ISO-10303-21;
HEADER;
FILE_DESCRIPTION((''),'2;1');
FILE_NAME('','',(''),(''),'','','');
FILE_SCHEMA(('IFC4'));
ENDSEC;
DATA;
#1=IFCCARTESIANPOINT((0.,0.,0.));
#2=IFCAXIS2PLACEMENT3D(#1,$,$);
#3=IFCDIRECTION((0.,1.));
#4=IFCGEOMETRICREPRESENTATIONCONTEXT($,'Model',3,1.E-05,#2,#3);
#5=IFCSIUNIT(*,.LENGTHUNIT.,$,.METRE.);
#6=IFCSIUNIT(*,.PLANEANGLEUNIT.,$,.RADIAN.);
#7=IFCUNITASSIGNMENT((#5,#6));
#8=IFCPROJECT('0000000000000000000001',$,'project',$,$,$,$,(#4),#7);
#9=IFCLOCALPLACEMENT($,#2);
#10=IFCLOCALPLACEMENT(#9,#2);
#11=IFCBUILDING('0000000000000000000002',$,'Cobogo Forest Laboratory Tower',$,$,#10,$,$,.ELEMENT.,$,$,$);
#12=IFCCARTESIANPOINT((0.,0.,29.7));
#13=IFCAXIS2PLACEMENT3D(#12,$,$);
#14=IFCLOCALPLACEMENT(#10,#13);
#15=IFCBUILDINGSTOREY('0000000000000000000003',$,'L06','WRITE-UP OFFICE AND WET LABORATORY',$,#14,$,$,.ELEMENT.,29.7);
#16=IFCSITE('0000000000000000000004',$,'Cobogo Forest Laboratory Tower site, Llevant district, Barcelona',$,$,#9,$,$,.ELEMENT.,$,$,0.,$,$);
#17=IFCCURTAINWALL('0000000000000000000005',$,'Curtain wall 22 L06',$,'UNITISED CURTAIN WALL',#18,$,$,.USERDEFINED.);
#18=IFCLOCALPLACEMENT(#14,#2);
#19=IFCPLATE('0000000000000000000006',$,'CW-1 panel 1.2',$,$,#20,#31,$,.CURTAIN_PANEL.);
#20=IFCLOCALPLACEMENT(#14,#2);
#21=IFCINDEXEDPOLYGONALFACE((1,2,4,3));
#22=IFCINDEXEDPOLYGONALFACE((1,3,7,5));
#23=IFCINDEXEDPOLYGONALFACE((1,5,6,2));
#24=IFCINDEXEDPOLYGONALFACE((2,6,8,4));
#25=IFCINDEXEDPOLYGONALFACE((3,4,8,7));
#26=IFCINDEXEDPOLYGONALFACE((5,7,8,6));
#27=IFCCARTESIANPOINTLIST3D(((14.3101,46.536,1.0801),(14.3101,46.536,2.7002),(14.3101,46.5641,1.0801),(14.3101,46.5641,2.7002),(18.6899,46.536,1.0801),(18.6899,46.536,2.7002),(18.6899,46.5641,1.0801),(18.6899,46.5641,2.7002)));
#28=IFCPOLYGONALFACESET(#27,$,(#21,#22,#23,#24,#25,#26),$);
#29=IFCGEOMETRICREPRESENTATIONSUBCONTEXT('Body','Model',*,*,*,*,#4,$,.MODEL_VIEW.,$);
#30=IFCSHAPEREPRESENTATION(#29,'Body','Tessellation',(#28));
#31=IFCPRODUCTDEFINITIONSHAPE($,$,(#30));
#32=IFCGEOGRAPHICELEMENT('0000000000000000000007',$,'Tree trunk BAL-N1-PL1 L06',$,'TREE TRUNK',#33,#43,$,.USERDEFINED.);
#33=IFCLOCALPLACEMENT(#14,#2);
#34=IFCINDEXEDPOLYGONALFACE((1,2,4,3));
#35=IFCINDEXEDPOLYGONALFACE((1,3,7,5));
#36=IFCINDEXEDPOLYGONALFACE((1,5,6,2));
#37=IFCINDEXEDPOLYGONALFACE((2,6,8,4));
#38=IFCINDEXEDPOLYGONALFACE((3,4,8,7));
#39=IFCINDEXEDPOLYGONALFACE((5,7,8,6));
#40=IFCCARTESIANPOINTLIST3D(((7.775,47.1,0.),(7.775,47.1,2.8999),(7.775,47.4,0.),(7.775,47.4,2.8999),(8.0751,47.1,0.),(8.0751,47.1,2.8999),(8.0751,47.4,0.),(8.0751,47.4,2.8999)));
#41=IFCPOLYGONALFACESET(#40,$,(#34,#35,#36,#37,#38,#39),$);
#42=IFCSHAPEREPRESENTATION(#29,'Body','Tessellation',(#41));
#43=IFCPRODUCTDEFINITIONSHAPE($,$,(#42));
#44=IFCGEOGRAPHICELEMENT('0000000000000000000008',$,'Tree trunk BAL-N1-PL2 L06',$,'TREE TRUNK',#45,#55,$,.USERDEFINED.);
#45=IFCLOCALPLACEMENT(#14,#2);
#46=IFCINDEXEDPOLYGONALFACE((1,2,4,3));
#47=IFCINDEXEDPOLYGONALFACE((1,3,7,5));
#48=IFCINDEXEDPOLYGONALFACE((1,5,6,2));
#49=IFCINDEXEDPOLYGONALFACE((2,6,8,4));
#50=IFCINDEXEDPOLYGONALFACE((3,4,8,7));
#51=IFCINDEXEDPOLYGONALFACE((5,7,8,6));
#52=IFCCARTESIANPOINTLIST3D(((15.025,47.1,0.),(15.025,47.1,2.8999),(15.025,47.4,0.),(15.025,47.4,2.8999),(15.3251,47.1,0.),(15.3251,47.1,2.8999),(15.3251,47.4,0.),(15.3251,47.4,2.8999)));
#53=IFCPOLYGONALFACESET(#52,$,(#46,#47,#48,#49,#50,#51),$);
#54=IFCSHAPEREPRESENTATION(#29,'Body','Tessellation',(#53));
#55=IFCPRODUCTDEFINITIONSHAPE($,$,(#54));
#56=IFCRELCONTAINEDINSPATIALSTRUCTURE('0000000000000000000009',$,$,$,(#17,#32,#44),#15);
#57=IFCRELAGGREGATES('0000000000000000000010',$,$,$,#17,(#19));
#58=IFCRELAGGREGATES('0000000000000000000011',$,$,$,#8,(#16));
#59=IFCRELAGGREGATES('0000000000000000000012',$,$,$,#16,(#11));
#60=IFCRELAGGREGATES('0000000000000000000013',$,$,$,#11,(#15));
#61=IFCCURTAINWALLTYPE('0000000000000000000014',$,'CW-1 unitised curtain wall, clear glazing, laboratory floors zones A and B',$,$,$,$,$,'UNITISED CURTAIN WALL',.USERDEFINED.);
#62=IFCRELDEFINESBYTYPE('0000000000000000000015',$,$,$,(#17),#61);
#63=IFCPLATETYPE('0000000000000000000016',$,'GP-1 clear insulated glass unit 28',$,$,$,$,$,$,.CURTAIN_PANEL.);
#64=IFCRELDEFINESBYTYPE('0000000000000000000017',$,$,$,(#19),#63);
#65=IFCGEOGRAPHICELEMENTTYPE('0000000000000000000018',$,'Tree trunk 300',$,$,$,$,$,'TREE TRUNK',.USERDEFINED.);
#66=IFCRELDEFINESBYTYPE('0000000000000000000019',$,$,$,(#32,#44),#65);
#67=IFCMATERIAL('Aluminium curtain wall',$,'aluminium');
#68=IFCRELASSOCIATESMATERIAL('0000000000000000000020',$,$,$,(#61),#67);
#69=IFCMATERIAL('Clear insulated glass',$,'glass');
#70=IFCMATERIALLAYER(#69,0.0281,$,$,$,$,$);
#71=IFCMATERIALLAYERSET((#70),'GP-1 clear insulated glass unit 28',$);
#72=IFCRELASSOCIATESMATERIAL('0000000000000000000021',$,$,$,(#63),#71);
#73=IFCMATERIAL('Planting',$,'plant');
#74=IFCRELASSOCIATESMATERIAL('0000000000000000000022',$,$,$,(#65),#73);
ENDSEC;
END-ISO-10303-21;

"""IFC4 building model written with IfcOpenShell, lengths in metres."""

from ifc_helpers import new_model, si_unit, direction, frame, origin, origin_2d, place, context, subcontext, project, spatial, rectangle, extrude, material, layer, layer_set, type_object, element, aggregate, save


model = new_model("IFC4")

# Units and contexts
model_context = context("Model", 3, precision=1e-05, world=origin(), true_north=direction((0.0, 1.0)))
body_context = subcontext(model_context, "Body", "Model", "MODEL_VIEW")
ifc_project = project(units=[si_unit("LENGTHUNIT", "METRE"), si_unit("PLANEANGLEUNIT", "RADIAN")], contexts=[model_context])

# Site, building, storey
site_placement = place(None, origin())
site = spatial("IfcSite", under=ifc_project, at=site_placement, Name="Cobogo Forest Laboratory Tower site, Llevant district, Barcelona", CompositionType="ELEMENT", RefElevation=0.0)
building_placement = place(site_placement, origin())
building = spatial("IfcBuilding", under=site, at=building_placement, Name="Cobogo Forest Laboratory Tower", CompositionType="ELEMENT")
storey_placement = place(building_placement, frame((0.0, 0.0, 29.7)))
storey = spatial("IfcBuildingStorey", under=building, at=storey_placement, Name="L06", Description="WRITE-UP OFFICE AND WET LABORATORY", CompositionType="ELEMENT", Elevation=29.7)

# Curtain wall
ifc_material_1 = material(Name="Aluminium curtain wall", Category="aluminium")
curtain_wall_type = type_object("IfcCurtainWallType", Name="CW-1 unitised curtain wall, clear glazing, laboratory floors zones A and B", ElementType="UNITISED CURTAIN WALL", PredefinedType="USERDEFINED", material=ifc_material_1)
curtain_wall_1_placement = place(storey_placement, origin())
curtain_wall_1 = element("IfcCurtainWall", 1, at=curtain_wall_1_placement, inside=storey, type_object=curtain_wall_type, Name="Curtain wall 22 L06", ObjectType="UNITISED CURTAIN WALL", PredefinedType="USERDEFINED")

# Plate
ifc_material_2 = material(Name="Clear insulated glass", Category="glass")
ifc_layer_1 = layer(ifc_material_2, 0.0281)
ifc_layer_set_1 = layer_set([ifc_layer_1], Name="GP-1 clear insulated glass unit 28")
plate_type = type_object("IfcPlateType", Name="GP-1 clear insulated glass unit 28", PredefinedType="CURTAIN_PANEL", material=ifc_layer_set_1)
plate_1_placement = place(storey_placement, frame((16.5, 46.55, 1.0801), z_axis=(0.0, 0.0, 1.0), x_axis=(-1.0, 0.0, 0.0)))
plate_1 = element("IfcPlate", 2, at=plate_1_placement, type_object=plate_type, Name="CW-1 panel 1.2", PredefinedType="CURTAIN_PANEL", context=body_context, shape_type="SweptSolid", body=[
    extrude(rectangle(XDim=4.3799, YDim=0.0281, at=origin_2d()), origin(), (0.0, 0.0, 1.0), 1.6201),
])
aggregate(curtain_wall_1, [plate_1])

# Geographic elements
ifc_material_3 = material(Name="Planting", Category="plant")
geographic_element_type = type_object("IfcGeographicElementType", Name="Tree trunk 300", ElementType="TREE TRUNK", PredefinedType="USERDEFINED", material=ifc_material_3)
for number, where, z_axis, x_axis, name in (
    (3, (7.925, 47.25, 0.0), (0.0, 0.0, 1.0), (1.0, 0.0, 0.0), "Tree trunk BAL-N1-PL1 L06"),
    (4, (15.175, 47.25, 0.0), (0.0, 0.0, 1.0), (1.0, 0.0, 0.0), "Tree trunk BAL-N1-PL2 L06"),
):
    element("IfcGeographicElement", number, at=place(storey_placement, frame(where, z_axis=z_axis, x_axis=x_axis)), inside=storey, type_object=geographic_element_type, Name=name, ObjectType="TREE TRUNK", PredefinedType="USERDEFINED", context=body_context, shape_type="SweptSolid", body=[
        extrude(rectangle(XDim=0.3, YDim=0.3, at=origin_2d()), origin(), (0.0, 0.0, 1.0), 2.8999),
    ])

save(model, "model.ifc")
